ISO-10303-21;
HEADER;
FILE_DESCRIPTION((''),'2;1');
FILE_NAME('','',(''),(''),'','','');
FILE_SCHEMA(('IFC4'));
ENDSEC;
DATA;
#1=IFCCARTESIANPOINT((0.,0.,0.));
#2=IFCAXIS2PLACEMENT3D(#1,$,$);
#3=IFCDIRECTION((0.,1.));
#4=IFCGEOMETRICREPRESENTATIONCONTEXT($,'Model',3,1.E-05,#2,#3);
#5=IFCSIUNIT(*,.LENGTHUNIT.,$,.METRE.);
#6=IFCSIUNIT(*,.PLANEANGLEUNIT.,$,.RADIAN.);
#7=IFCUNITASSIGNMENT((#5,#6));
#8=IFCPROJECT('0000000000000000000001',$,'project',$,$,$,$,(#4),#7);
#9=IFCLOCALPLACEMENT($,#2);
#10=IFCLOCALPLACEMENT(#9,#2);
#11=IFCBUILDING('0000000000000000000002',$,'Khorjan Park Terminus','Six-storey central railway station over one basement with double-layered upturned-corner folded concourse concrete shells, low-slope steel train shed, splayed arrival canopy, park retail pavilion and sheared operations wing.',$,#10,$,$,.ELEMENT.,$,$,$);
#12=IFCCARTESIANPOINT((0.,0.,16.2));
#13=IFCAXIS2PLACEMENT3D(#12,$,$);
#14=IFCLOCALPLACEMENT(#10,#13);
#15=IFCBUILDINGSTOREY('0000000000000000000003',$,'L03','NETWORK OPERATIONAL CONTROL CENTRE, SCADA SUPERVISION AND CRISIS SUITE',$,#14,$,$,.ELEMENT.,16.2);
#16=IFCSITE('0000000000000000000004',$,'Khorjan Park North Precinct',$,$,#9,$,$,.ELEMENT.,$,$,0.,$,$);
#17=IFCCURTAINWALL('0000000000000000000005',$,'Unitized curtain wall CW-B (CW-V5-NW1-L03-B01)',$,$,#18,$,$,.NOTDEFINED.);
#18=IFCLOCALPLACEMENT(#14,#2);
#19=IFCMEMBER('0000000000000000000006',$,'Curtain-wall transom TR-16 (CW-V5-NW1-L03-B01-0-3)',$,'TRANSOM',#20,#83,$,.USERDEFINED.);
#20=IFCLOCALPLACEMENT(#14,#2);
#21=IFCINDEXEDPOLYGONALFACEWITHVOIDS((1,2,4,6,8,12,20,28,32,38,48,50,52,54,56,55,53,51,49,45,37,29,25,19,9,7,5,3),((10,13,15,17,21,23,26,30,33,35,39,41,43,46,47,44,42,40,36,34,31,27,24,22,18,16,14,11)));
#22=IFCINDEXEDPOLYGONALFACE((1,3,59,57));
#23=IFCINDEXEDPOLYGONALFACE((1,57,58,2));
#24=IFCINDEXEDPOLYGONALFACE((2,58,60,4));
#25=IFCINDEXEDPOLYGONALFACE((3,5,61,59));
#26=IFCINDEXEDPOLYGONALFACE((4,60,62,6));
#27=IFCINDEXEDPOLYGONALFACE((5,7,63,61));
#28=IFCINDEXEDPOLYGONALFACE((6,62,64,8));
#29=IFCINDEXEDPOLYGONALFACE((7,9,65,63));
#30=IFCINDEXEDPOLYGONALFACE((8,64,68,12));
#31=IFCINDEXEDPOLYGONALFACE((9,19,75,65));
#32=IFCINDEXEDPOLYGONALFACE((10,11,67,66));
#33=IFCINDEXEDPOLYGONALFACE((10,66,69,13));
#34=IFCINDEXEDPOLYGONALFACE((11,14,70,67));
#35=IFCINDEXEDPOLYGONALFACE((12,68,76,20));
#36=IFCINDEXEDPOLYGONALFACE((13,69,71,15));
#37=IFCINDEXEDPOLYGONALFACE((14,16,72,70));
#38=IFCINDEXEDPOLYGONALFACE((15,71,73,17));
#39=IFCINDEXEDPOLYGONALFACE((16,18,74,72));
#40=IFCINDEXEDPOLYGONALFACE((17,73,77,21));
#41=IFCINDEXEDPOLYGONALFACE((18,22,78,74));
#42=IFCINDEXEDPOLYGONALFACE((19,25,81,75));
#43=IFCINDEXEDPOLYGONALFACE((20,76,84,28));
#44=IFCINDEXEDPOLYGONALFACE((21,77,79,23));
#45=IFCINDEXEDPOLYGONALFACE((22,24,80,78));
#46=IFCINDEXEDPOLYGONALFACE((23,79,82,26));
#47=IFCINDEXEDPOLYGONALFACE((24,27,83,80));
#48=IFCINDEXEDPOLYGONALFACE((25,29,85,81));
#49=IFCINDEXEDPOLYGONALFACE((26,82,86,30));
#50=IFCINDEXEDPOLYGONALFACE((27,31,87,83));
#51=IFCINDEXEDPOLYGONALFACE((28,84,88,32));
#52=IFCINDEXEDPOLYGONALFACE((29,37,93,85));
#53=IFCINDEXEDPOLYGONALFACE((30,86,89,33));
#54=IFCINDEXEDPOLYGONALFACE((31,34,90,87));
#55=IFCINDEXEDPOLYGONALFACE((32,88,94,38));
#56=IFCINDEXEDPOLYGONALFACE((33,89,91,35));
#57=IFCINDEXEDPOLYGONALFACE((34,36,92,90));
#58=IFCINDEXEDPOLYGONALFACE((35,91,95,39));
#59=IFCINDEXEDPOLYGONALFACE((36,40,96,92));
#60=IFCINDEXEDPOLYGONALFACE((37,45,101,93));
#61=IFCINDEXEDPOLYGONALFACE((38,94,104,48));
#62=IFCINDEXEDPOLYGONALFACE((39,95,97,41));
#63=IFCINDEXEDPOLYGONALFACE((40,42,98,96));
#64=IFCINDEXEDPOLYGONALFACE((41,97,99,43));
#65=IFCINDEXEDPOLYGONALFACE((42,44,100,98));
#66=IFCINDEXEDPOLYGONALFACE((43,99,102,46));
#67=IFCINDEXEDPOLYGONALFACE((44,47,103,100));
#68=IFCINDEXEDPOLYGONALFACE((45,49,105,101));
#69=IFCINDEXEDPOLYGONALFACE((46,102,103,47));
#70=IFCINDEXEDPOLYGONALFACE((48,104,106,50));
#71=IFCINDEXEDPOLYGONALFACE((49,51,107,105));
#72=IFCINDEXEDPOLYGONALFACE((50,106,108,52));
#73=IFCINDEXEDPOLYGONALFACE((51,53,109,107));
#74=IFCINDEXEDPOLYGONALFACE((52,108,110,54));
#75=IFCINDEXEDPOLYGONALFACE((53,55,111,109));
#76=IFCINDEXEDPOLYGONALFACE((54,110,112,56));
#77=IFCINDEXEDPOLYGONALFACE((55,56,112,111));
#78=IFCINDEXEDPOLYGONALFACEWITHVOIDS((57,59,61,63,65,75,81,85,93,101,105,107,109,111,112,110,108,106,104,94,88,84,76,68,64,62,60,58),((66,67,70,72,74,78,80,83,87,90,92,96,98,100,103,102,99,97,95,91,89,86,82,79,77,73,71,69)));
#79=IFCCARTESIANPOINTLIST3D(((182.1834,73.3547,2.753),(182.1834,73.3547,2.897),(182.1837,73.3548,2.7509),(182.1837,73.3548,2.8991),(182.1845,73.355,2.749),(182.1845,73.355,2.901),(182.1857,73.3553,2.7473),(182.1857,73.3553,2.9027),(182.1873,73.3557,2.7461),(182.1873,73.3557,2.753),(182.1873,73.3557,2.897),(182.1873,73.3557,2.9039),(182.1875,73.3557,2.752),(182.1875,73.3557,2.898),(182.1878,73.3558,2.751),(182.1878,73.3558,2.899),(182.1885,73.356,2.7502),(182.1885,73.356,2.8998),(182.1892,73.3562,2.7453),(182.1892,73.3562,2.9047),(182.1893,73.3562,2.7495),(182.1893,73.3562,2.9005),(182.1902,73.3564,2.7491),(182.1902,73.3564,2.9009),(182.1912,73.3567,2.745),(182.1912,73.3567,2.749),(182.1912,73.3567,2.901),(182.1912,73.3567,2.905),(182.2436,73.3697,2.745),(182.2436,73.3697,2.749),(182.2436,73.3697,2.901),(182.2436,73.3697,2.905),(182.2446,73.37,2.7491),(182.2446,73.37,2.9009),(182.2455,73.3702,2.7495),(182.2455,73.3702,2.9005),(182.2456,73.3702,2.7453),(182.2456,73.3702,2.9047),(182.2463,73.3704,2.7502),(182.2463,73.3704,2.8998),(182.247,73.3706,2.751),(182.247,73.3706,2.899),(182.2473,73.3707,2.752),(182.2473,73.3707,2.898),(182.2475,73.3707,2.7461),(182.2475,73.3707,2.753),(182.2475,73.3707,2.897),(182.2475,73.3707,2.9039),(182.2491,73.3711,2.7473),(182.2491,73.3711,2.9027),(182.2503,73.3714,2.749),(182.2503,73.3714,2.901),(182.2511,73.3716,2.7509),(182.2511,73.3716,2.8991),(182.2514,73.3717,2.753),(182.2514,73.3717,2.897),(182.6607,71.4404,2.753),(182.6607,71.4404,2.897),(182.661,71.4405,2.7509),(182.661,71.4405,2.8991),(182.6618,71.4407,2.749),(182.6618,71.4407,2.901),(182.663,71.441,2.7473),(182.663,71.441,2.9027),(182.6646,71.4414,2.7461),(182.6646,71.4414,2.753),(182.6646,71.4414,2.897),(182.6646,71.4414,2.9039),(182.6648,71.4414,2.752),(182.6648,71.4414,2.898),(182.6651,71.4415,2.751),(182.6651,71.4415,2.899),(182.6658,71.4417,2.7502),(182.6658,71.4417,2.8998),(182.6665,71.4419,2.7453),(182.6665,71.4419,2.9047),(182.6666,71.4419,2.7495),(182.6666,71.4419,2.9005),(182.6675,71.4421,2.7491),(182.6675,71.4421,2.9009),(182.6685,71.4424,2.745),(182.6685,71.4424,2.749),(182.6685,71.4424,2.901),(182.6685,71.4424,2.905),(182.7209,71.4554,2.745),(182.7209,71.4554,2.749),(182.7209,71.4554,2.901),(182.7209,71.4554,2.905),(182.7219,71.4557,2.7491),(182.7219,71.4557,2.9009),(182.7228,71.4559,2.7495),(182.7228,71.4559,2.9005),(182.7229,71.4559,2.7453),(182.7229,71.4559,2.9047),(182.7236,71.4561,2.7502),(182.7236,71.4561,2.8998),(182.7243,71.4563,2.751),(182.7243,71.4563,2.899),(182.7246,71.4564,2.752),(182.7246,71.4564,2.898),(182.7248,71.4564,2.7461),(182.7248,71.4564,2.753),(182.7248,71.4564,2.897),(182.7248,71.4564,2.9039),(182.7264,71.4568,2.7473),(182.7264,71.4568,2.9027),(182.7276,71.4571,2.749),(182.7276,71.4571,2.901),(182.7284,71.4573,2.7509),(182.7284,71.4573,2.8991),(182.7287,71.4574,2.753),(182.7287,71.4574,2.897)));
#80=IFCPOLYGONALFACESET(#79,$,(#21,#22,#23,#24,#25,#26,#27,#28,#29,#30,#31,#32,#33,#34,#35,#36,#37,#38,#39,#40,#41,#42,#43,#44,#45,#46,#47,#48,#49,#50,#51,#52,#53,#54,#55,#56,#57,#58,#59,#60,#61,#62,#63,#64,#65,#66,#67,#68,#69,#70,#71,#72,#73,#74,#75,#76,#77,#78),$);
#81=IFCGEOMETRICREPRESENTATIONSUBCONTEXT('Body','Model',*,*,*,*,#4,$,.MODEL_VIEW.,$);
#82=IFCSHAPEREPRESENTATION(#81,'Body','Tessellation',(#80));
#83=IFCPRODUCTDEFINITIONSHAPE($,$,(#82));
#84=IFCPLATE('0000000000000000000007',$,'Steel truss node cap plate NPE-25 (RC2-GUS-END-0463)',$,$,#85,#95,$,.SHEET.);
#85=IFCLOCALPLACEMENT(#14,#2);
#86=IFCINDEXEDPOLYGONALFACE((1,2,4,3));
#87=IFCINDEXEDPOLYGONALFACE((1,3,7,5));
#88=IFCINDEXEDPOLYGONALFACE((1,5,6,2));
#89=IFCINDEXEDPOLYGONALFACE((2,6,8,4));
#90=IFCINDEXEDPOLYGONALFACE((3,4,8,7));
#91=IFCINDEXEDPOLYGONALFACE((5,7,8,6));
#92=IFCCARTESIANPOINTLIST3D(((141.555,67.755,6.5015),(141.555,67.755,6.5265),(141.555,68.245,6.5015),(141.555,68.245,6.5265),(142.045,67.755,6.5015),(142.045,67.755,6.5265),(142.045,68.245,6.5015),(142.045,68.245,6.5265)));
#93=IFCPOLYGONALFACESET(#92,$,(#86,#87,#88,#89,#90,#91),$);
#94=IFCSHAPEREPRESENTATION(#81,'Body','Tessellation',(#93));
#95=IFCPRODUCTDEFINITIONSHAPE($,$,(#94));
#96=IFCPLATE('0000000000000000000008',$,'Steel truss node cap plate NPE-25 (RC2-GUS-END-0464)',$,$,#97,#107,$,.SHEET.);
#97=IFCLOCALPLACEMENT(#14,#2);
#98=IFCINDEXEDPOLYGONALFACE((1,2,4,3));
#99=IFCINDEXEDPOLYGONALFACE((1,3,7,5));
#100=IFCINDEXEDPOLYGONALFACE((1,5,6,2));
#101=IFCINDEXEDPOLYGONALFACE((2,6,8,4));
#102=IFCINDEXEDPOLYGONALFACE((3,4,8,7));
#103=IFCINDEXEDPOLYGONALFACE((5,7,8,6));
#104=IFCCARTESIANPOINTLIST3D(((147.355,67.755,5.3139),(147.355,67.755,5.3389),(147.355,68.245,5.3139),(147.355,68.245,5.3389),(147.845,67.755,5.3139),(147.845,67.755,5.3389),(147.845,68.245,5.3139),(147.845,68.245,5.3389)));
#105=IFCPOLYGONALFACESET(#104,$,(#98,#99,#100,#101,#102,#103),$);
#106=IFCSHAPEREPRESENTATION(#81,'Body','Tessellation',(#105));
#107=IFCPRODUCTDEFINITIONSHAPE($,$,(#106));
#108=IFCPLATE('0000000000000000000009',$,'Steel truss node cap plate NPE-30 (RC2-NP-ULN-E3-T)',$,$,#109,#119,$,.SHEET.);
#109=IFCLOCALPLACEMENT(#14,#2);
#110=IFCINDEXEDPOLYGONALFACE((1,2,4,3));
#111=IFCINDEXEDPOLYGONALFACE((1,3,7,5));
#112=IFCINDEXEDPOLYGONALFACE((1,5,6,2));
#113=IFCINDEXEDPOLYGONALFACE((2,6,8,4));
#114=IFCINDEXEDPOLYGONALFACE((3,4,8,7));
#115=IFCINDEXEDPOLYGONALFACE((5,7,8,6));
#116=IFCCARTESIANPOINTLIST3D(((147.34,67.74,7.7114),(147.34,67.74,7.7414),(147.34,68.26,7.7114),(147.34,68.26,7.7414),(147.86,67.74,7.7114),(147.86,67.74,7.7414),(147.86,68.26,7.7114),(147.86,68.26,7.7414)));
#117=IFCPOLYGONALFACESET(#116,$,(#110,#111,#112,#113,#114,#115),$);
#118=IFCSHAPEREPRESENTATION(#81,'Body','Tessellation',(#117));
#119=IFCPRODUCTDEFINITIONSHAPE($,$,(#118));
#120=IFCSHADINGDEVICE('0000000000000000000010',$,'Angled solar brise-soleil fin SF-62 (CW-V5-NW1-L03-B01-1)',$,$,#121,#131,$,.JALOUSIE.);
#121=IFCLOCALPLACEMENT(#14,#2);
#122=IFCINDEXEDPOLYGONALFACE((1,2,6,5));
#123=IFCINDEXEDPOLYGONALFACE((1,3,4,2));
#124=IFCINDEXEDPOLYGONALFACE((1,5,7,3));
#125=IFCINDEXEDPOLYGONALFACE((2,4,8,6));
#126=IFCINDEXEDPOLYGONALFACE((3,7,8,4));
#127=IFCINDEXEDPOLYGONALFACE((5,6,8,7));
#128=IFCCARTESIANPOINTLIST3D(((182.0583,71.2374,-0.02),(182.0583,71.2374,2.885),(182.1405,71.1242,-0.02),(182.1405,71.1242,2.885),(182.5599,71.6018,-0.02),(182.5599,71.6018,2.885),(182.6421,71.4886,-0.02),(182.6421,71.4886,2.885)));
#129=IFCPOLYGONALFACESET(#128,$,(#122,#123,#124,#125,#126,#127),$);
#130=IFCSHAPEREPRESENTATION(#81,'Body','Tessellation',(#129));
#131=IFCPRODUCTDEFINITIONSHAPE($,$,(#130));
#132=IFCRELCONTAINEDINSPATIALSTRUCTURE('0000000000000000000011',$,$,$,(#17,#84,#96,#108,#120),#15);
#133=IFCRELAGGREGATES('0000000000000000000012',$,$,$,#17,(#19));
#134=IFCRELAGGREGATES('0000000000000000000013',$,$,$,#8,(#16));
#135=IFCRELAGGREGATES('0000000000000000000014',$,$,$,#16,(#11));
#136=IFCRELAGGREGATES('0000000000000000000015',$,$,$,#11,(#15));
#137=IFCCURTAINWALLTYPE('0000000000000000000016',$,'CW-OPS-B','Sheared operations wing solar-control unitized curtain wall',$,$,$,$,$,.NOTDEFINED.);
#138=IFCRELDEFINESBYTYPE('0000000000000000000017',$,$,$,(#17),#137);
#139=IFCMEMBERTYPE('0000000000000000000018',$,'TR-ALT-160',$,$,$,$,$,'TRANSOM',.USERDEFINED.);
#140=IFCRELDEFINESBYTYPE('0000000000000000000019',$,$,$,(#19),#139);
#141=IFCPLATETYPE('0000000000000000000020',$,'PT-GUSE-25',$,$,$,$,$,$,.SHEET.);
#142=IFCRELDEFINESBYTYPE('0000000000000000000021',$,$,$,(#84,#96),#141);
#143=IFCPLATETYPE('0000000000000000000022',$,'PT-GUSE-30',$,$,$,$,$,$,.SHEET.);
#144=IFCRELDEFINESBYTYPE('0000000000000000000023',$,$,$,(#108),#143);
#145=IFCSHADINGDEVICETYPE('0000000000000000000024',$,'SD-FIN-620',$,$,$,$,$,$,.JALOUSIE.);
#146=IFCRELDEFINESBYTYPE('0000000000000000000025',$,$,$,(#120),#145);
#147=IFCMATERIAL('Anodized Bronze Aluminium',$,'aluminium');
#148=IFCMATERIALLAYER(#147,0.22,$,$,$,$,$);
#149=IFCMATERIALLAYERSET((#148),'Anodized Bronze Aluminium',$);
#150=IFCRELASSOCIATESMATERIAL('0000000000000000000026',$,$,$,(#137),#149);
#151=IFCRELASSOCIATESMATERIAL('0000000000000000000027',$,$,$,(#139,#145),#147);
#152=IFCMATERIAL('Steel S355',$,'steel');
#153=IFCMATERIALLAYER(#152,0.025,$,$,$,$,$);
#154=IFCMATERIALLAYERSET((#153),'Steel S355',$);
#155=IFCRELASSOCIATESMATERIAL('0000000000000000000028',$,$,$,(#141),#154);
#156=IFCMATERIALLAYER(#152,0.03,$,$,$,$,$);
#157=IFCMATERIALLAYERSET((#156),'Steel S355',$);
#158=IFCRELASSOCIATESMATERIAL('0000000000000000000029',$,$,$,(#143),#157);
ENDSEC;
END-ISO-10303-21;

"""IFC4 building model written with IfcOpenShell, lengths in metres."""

from ifc_helpers import new_model, si_unit, direction, frame, origin, origin_2d, place, context, subcontext, project, spatial, rectangle, hollow_rectangle, extrude, material, layer, layer_set, material_profile, profile_set, type_object, element, aggregate, save


model = new_model("IFC4")

# Units and contexts
model_context = context("Model", 3, precision=1e-05, world=origin(), true_north=direction((0.0, 1.0)))
body_context = subcontext(model_context, "Body", "Model", "MODEL_VIEW")
ifc_project = project(units=[si_unit("LENGTHUNIT", "METRE"), si_unit("PLANEANGLEUNIT", "RADIAN")], contexts=[model_context])

# Site, building, storey
site_placement = place(None, origin())
site = spatial("IfcSite", under=ifc_project, at=site_placement, Name="Khorjan Park North Precinct", CompositionType="ELEMENT", RefElevation=0.0)
building_placement = place(site_placement, origin())
building = spatial("IfcBuilding", under=site, at=building_placement, Name="Khorjan Park Terminus", Description="Six-storey central railway station over one basement with double-layered upturned-corner folded concourse concrete shells, low-slope steel train shed, splayed arrival canopy, park retail pavilion and sheared operations wing.", CompositionType="ELEMENT")
storey_placement = place(building_placement, frame((0.0, 0.0, 16.2)))
storey = spatial("IfcBuildingStorey", under=building, at=storey_placement, Name="L03", Description="NETWORK OPERATIONAL CONTROL CENTRE, SCADA SUPERVISION AND CRISIS SUITE", CompositionType="ELEMENT", Elevation=16.2)

# Shared definitions
ifc_material_1 = material(Name="Steel S355", Category="steel")

# Curtain wall
ifc_material_2 = material(Name="Anodized Bronze Aluminium", Category="aluminium")
ifc_layer_1 = layer(ifc_material_2, 0.22)
ifc_layer_set_1 = layer_set([ifc_layer_1], Name="Anodized Bronze Aluminium")
curtain_wall_type = type_object("IfcCurtainWallType", Name="CW-OPS-B", Description="Sheared operations wing solar-control unitized curtain wall", PredefinedType="NOTDEFINED", material=ifc_layer_set_1)
curtain_wall_placement = place(storey_placement, origin())
curtain_wall = element("IfcCurtainWall", 1, at=curtain_wall_placement, inside=storey, type_object=curtain_wall_type, Name="Unitized curtain wall CW-B (CW-V5-NW1-L03-B01)", PredefinedType="NOTDEFINED")

# Member
ifc_material_profile_1 = material_profile(ifc_material_2, hollow_rectangle(XDim=0.07, YDim=0.16, WallThickness=0.004, InnerFilletRadius=0.004, OuterFilletRadius=0.008, at=origin_2d()), Name="ALT 70x160x4")
ifc_profile_set_1 = profile_set([ifc_material_profile_1], Name="Anodized Bronze Aluminium")
member_type_1 = type_object("IfcMemberType", Name="TR-ALT-160", ElementType="TRANSOM", PredefinedType="USERDEFINED", material=ifc_profile_set_1)
member_1_placement = place(storey_placement, frame((182.2174, 73.3632, 2.825), z_axis=(0.241927, -0.970294, 0.0), x_axis=(0.970294, 0.241927, 0.0)))
member_1 = element("IfcMember", 2, at=member_1_placement, type_object=member_type_1, Name="Curtain-wall transom TR-16 (CW-V5-NW1-L03-B01-0-3)", ObjectType="TRANSOM", PredefinedType="USERDEFINED", context=body_context, shape_type="SweptSolid", body=[
    extrude(hollow_rectangle(XDim=0.07, YDim=0.16, WallThickness=0.004, InnerFilletRadius=0.004, OuterFilletRadius=0.008, at=origin_2d()), origin(), (0.0, 0.0, 1.0), 1.9729),
])
aggregate(curtain_wall, [member_1])

# Plates
ifc_layer_2 = layer(ifc_material_1, 0.025)
ifc_layer_set_2 = layer_set([ifc_layer_2], Name="Steel S355")
plate_type_1 = type_object("IfcPlateType", Name="PT-GUSE-25", PredefinedType="SHEET", material=ifc_layer_set_2)
for number, where, z_axis, x_axis, name in (
    (3, (141.8, 68.0, 6.5015), (0.0, 0.0, 1.0), (1.0, 0.0, 0.0), "Steel truss node cap plate NPE-25 (RC2-GUS-END-0463)"),
    (4, (147.6, 68.0, 5.3139), (0.0, 0.0, 1.0), (1.0, 0.0, 0.0), "Steel truss node cap plate NPE-25 (RC2-GUS-END-0464)"),
):
    element("IfcPlate", number, at=place(storey_placement, frame(where, z_axis=z_axis, x_axis=x_axis)), inside=storey, type_object=plate_type_1, Name=name, PredefinedType="SHEET", context=body_context, shape_type="SweptSolid", body=[
        extrude(rectangle(XDim=0.49, YDim=0.49, at=origin_2d()), origin(), (0.0, 0.0, 1.0), 0.025),
    ])
ifc_layer_3 = layer(ifc_material_1, 0.03)
ifc_layer_set_3 = layer_set([ifc_layer_3], Name="Steel S355")
plate_type_2 = type_object("IfcPlateType", Name="PT-GUSE-30", PredefinedType="SHEET", material=ifc_layer_set_3)
plate_placement = place(storey_placement, frame((147.6, 68.0, 7.7114), z_axis=(0.0, 0.0, 1.0), x_axis=(1.0, 0.0, 0.0)))
element("IfcPlate", 5, at=plate_placement, inside=storey, type_object=plate_type_2, Name="Steel truss node cap plate NPE-30 (RC2-NP-ULN-E3-T)", PredefinedType="SHEET", context=body_context, shape_type="SweptSolid", body=[
    extrude(rectangle(XDim=0.52, YDim=0.52, at=origin_2d()), origin(), (0.0, 0.0, 1.0), 0.03),
])

# Shading device
shading_device_type = type_object("IfcShadingDeviceType", Name="SD-FIN-620", PredefinedType="JALOUSIE", material=ifc_material_2)
shading_device_placement = place(storey_placement, frame((182.3502, 71.363, -0.02), z_axis=(0.0, 0.0, 1.0), x_axis=(0.809017, 0.587785, 0.0)))
element("IfcShadingDevice", 6, at=shading_device_placement, inside=storey, type_object=shading_device_type, Name="Angled solar brise-soleil fin SF-62 (CW-V5-NW1-L03-B01-1)", PredefinedType="JALOUSIE", context=body_context, shape_type="SweptSolid", body=[
    extrude(rectangle(XDim=0.62, YDim=0.14, at=origin_2d()), origin(), (0.0, 0.0, 1.0), 2.905),
])

save(model, "model.ifc")
